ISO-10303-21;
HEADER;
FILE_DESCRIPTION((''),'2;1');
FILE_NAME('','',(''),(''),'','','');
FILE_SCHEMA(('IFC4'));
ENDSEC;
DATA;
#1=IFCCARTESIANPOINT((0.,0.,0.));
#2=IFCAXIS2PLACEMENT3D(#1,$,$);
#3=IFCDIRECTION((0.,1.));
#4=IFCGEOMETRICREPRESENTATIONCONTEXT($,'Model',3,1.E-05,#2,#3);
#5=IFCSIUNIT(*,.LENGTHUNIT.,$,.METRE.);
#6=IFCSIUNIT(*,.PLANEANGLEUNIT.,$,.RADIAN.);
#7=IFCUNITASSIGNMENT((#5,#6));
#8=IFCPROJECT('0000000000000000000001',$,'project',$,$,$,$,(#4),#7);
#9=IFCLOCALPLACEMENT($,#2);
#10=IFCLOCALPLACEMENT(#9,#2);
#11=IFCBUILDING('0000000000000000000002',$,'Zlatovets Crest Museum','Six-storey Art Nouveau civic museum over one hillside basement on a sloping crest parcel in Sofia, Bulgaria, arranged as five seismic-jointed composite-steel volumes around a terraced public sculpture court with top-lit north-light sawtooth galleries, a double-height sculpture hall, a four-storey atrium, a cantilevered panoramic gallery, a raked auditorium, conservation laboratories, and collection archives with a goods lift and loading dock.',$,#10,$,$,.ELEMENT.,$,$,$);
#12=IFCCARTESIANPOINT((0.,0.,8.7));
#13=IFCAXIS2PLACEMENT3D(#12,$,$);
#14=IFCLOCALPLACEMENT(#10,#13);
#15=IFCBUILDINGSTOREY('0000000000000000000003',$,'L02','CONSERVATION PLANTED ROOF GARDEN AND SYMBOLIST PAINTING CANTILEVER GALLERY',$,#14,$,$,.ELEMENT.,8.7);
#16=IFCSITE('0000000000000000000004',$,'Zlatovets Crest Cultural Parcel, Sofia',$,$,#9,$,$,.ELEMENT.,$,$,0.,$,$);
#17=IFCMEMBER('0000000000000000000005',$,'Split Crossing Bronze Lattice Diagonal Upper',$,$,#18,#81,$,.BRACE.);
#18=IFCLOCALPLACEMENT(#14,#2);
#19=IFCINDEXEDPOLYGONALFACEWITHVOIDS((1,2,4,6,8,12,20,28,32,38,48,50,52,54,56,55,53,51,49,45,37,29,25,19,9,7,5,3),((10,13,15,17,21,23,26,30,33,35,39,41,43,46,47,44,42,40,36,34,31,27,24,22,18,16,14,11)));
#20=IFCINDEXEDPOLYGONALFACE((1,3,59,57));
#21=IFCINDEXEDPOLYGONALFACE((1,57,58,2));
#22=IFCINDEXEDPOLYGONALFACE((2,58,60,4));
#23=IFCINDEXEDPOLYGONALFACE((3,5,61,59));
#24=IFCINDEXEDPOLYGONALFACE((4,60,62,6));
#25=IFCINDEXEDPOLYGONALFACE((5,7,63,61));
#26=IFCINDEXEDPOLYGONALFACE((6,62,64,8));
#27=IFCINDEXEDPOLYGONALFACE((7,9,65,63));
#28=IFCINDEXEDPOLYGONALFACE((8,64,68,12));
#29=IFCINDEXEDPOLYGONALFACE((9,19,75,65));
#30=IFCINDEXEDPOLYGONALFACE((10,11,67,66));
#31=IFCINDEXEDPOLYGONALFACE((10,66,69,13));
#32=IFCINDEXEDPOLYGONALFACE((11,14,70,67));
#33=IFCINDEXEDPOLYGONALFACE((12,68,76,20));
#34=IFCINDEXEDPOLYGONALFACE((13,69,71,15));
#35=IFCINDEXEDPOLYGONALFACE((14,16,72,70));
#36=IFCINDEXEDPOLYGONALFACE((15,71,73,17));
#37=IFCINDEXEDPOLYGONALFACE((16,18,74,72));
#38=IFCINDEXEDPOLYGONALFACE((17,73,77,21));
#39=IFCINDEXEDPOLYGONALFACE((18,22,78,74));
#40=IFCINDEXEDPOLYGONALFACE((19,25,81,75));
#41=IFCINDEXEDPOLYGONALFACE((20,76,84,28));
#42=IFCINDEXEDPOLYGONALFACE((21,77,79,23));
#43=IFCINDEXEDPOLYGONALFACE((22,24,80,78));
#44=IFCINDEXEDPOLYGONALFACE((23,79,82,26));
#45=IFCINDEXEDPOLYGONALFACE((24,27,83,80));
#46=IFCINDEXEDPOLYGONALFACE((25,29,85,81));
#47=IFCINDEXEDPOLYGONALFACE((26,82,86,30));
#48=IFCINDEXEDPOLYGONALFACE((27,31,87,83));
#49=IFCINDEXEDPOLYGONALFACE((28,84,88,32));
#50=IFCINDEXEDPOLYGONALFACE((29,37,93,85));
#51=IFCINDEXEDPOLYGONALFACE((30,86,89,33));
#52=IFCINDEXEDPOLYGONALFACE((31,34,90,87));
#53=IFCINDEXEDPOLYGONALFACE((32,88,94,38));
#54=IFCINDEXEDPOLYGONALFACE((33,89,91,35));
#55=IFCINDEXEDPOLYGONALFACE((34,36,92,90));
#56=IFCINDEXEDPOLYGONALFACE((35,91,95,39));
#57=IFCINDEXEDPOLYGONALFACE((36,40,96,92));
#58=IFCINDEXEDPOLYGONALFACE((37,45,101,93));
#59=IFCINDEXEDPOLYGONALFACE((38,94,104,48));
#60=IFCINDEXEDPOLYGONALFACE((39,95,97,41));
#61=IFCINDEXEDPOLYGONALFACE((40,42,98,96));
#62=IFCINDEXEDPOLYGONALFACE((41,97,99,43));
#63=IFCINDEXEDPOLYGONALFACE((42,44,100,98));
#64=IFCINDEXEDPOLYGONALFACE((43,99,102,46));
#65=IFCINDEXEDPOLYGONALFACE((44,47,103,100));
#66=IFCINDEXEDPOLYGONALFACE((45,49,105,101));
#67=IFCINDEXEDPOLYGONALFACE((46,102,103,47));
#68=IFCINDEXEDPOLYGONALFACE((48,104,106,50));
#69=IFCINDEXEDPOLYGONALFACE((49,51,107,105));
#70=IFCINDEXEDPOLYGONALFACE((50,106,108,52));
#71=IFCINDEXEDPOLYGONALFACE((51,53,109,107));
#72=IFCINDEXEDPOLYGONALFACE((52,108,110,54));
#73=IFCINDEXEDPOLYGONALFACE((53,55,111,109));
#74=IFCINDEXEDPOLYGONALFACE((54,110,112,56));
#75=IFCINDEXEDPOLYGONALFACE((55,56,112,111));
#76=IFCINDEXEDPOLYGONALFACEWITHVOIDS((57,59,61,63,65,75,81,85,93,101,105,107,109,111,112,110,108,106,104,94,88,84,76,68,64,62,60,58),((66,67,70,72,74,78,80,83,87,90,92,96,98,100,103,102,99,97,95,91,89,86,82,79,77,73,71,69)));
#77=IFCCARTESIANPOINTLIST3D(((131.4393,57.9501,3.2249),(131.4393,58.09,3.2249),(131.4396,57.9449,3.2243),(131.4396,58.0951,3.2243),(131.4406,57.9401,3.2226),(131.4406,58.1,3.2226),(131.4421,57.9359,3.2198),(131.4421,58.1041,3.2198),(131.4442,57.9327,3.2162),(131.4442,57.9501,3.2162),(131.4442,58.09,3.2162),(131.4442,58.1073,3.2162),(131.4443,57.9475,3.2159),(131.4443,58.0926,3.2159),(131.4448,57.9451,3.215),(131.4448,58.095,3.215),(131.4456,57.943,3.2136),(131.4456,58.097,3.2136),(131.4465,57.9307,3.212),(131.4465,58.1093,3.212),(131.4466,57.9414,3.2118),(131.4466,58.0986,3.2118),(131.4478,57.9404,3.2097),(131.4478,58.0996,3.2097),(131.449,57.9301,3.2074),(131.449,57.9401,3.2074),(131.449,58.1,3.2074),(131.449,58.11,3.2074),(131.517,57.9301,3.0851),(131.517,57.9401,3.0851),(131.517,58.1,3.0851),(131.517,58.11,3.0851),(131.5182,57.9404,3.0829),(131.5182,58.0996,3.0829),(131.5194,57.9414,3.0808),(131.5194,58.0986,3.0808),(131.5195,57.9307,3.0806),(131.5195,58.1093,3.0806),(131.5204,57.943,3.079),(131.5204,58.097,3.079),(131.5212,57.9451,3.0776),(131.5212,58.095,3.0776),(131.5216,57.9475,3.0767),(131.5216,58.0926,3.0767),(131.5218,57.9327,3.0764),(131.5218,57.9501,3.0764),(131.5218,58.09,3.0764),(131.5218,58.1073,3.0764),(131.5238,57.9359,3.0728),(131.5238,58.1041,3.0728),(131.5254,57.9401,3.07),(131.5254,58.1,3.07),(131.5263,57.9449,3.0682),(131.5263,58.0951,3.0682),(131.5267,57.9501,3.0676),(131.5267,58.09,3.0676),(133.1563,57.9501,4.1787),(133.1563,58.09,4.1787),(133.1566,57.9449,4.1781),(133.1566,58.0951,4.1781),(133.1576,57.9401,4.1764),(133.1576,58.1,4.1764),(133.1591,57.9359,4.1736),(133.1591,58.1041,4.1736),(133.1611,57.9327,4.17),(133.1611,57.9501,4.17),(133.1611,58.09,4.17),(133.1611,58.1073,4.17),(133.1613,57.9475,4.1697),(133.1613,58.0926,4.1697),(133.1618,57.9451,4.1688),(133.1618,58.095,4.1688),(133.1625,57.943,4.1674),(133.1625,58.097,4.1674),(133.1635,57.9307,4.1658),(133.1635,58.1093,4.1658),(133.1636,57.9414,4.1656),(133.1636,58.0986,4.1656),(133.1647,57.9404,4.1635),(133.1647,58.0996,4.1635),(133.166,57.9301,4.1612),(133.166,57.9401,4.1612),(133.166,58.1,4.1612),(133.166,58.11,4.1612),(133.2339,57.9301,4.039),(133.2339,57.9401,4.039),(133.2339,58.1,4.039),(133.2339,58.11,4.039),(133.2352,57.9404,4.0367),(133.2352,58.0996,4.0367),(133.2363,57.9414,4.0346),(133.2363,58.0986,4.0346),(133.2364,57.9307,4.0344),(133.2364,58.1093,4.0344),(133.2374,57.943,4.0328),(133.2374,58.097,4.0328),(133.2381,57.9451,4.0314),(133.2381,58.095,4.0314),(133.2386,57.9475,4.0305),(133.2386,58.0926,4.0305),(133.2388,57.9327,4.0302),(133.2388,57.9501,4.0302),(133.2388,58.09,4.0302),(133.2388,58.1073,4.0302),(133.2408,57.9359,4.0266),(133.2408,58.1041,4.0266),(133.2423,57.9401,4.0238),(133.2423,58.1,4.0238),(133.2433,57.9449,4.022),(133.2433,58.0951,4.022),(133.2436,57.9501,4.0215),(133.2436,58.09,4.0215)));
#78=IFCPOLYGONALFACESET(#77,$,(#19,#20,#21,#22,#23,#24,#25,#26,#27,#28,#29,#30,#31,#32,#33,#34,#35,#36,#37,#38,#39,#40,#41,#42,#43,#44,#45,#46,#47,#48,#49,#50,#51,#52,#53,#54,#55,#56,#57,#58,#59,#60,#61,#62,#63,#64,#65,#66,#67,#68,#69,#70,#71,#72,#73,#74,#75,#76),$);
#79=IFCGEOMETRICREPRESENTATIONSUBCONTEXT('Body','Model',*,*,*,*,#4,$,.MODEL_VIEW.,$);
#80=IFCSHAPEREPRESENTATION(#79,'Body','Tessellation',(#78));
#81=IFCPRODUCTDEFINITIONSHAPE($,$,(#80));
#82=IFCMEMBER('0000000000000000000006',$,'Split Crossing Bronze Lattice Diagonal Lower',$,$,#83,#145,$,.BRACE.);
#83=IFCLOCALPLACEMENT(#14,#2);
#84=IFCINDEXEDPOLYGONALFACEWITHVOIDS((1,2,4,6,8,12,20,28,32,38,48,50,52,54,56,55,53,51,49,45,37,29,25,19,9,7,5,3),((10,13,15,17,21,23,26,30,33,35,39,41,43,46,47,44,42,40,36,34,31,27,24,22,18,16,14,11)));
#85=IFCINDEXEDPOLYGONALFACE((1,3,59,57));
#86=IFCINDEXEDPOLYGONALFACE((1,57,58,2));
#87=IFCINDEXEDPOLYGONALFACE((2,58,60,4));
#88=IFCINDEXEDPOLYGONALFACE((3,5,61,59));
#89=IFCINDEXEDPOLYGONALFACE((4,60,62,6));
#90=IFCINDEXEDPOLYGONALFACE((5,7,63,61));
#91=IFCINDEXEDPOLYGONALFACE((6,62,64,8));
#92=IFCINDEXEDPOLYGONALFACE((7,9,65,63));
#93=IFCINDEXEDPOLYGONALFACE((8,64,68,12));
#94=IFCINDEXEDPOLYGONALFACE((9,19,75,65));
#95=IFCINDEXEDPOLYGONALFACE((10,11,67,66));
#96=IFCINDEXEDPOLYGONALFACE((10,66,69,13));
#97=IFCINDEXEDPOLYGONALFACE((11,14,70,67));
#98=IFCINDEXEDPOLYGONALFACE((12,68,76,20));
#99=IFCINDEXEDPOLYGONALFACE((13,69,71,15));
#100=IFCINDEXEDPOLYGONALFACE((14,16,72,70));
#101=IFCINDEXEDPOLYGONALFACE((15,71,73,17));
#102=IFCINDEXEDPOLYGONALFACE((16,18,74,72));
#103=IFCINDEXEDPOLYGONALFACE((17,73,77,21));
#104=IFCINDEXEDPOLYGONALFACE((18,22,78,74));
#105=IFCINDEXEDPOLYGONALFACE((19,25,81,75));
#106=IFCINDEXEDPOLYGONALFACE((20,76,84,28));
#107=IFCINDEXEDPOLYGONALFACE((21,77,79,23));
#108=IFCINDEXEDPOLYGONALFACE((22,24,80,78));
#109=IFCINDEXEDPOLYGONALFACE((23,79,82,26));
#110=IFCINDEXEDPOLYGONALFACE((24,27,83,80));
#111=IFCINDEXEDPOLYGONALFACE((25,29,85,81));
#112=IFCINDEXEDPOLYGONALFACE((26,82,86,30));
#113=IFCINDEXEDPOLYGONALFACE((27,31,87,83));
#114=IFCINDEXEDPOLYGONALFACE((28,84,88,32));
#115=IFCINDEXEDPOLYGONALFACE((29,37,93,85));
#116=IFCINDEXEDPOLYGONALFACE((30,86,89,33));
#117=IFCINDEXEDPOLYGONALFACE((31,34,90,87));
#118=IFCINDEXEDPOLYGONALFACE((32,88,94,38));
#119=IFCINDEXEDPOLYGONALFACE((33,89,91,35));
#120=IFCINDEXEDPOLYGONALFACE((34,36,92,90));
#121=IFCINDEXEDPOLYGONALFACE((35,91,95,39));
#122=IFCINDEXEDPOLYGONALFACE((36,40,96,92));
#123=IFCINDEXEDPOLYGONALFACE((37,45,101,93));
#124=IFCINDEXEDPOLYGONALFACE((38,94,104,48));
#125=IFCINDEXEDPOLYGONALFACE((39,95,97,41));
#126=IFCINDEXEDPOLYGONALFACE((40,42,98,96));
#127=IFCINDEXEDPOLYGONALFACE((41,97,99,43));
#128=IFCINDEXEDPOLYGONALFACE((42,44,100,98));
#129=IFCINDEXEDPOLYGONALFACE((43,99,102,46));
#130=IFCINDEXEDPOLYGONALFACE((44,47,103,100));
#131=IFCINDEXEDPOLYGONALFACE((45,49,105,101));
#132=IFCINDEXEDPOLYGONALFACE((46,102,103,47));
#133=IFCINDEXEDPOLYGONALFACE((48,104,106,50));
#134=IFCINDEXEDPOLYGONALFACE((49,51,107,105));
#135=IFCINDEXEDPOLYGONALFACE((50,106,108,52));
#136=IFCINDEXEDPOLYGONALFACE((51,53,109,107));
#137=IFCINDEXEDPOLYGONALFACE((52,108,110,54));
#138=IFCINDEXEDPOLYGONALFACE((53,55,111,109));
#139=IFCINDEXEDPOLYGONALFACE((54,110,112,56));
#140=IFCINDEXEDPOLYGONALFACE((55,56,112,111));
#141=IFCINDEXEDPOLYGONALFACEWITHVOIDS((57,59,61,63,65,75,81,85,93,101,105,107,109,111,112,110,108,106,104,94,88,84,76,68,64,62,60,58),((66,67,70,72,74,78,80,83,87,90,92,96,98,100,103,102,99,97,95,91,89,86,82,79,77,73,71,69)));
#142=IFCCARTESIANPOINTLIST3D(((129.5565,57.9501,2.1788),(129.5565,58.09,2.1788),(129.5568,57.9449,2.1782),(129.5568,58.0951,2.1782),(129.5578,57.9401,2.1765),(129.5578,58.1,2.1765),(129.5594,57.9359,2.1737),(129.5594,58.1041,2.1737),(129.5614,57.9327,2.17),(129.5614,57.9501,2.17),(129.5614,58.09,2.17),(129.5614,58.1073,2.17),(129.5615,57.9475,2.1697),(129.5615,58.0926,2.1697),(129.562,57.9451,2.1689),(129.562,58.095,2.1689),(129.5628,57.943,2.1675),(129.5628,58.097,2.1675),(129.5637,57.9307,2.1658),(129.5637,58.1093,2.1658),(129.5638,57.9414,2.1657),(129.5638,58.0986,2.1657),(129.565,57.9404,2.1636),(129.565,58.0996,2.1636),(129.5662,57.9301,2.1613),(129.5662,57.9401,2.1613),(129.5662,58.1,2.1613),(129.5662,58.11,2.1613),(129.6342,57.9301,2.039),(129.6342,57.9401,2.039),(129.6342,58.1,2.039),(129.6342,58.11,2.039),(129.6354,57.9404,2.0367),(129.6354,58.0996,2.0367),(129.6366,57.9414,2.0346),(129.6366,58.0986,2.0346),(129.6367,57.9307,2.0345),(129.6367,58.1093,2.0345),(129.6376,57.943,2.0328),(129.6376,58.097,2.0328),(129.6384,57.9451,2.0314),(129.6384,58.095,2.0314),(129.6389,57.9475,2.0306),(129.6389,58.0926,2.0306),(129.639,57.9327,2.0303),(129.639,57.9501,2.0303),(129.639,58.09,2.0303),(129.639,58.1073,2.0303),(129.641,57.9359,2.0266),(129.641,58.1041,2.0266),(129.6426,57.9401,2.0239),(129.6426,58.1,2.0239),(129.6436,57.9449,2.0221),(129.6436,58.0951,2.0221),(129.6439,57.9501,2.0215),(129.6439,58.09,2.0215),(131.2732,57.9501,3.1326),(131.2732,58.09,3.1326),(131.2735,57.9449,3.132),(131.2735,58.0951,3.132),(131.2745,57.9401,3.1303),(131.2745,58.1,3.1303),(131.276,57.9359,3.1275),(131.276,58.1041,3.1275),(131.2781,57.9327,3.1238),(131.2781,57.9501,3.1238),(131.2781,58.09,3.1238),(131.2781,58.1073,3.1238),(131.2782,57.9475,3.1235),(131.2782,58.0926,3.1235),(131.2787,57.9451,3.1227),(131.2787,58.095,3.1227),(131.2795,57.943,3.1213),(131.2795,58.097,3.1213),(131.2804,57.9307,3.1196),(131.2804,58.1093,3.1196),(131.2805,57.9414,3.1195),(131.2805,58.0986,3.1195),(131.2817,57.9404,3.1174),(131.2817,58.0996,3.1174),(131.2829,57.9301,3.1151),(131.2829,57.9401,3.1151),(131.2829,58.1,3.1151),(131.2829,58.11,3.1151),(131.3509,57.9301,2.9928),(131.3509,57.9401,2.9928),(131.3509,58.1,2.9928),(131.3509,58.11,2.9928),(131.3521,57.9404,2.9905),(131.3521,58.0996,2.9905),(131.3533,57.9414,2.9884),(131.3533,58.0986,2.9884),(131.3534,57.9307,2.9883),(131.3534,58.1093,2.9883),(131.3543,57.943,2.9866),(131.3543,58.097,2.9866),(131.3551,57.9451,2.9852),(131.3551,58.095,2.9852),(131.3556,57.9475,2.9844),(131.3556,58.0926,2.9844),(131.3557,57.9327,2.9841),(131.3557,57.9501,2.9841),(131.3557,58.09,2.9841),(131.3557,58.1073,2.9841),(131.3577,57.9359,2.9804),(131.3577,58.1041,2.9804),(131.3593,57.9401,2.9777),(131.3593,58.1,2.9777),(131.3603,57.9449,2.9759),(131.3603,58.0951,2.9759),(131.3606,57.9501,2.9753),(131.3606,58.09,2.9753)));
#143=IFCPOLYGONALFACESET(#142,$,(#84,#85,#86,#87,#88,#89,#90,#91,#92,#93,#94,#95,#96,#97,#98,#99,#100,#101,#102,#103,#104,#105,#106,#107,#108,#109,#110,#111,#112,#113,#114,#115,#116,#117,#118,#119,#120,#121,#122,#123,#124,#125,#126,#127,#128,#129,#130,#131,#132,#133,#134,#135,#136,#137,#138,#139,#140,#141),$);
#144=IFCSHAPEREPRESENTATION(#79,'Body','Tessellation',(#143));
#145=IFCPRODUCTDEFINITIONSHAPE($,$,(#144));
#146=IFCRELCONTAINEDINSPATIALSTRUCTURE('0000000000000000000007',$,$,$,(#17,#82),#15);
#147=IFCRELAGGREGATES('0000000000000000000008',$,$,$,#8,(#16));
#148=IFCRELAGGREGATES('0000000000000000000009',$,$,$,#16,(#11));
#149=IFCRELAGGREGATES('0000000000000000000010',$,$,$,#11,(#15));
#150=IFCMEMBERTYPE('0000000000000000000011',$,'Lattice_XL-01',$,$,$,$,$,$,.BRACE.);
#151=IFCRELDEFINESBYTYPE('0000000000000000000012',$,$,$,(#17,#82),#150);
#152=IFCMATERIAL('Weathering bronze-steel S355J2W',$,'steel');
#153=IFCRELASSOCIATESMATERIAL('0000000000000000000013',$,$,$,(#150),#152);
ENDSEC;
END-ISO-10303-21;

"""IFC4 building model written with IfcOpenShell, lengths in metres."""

from ifc_helpers import new_model, si_unit, direction, frame, origin, origin_2d, place, context, subcontext, project, spatial, hollow_rectangle, extrude, material, material_profile, profile_set, type_object, element, save


model = new_model("IFC4")

# Units and contexts
model_context = context("Model", 3, precision=1e-05, world=origin(), true_north=direction((0.0, 1.0)))
body_context = subcontext(model_context, "Body", "Model", "MODEL_VIEW")
ifc_project = project(units=[si_unit("LENGTHUNIT", "METRE"), si_unit("PLANEANGLEUNIT", "RADIAN")], contexts=[model_context])

# Site, building, storey
site_placement = place(None, origin())
site = spatial("IfcSite", under=ifc_project, at=site_placement, Name="Zlatovets Crest Cultural Parcel, Sofia", CompositionType="ELEMENT", RefElevation=0.0)
building_placement = place(site_placement, origin())
building = spatial("IfcBuilding", under=site, at=building_placement, Name="Zlatovets Crest Museum", Description="Six-storey Art Nouveau civic museum over one hillside basement on a sloping crest parcel in Sofia, Bulgaria, arranged as five seismic-jointed composite-steel volumes around a terraced public sculpture court with top-lit north-light sawtooth galleries, a double-height sculpture hall, a four-storey atrium, a cantilevered panoramic gallery, a raked auditorium, conservation laboratories, and collection archives with a goods lift and loading dock.", CompositionType="ELEMENT")
storey_placement = place(building_placement, frame((0.0, 0.0, 8.7)))
storey = spatial("IfcBuildingStorey", under=building, at=storey_placement, Name="L02", Description="CONSERVATION PLANTED ROOF GARDEN AND SYMBOLIST PAINTING CANTILEVER GALLERY", CompositionType="ELEMENT", Elevation=8.7)

# Members
ifc_material_1 = material(Name="Weathering bronze-steel S355J2W", Category="steel")
ifc_material_profile_1 = material_profile(ifc_material_1, hollow_rectangle(XDim=0.1799, YDim=0.1799, WallThickness=0.01, InnerFilletRadius=0.01, OuterFilletRadius=0.02, at=origin_2d()), Name="SHS 180x180x10.0")
ifc_profile_set_1 = profile_set([ifc_material_profile_1], Name="Weathering bronze-steel S355J2W")
member_type_1 = type_object("IfcMemberType", Name="Lattice_XL-01", PredefinedType="BRACE", material=ifc_profile_set_1)
member_1_placement = place(storey_placement, frame((133.2, 58.02, 4.1001), z_axis=(-0.874169, 0.0, -0.485622), x_axis=(0.0, -1.0, 0.0)))
element("IfcMember", 1, at=member_1_placement, inside=storey, type_object=member_type_1, Name="Split Crossing Bronze Lattice Diagonal Upper", PredefinedType="BRACE", context=body_context, shape_type="SweptSolid", body=[
    extrude(hollow_rectangle(XDim=0.1799, YDim=0.1799, WallThickness=0.01, InnerFilletRadius=0.01, OuterFilletRadius=0.02, at=origin_2d()), origin(), (0.0, 0.0, 1.0), 1.9641),
])
member_2_placement = place(storey_placement, frame((131.3169, 58.02, 3.054), z_axis=(-0.87414, 0.0, -0.485675), x_axis=(0.0, -1.0, 0.0)))
element("IfcMember", 2, at=member_2_placement, inside=storey, type_object=member_type_1, Name="Split Crossing Bronze Lattice Diagonal Lower", PredefinedType="BRACE", context=body_context, shape_type="SweptSolid", body=[
    extrude(hollow_rectangle(XDim=0.1799, YDim=0.1799, WallThickness=0.01, InnerFilletRadius=0.01, OuterFilletRadius=0.02, at=origin_2d()), origin(), (0.0, 0.0, 1.0), 1.9639),
])

save(model, "model.ifc")
